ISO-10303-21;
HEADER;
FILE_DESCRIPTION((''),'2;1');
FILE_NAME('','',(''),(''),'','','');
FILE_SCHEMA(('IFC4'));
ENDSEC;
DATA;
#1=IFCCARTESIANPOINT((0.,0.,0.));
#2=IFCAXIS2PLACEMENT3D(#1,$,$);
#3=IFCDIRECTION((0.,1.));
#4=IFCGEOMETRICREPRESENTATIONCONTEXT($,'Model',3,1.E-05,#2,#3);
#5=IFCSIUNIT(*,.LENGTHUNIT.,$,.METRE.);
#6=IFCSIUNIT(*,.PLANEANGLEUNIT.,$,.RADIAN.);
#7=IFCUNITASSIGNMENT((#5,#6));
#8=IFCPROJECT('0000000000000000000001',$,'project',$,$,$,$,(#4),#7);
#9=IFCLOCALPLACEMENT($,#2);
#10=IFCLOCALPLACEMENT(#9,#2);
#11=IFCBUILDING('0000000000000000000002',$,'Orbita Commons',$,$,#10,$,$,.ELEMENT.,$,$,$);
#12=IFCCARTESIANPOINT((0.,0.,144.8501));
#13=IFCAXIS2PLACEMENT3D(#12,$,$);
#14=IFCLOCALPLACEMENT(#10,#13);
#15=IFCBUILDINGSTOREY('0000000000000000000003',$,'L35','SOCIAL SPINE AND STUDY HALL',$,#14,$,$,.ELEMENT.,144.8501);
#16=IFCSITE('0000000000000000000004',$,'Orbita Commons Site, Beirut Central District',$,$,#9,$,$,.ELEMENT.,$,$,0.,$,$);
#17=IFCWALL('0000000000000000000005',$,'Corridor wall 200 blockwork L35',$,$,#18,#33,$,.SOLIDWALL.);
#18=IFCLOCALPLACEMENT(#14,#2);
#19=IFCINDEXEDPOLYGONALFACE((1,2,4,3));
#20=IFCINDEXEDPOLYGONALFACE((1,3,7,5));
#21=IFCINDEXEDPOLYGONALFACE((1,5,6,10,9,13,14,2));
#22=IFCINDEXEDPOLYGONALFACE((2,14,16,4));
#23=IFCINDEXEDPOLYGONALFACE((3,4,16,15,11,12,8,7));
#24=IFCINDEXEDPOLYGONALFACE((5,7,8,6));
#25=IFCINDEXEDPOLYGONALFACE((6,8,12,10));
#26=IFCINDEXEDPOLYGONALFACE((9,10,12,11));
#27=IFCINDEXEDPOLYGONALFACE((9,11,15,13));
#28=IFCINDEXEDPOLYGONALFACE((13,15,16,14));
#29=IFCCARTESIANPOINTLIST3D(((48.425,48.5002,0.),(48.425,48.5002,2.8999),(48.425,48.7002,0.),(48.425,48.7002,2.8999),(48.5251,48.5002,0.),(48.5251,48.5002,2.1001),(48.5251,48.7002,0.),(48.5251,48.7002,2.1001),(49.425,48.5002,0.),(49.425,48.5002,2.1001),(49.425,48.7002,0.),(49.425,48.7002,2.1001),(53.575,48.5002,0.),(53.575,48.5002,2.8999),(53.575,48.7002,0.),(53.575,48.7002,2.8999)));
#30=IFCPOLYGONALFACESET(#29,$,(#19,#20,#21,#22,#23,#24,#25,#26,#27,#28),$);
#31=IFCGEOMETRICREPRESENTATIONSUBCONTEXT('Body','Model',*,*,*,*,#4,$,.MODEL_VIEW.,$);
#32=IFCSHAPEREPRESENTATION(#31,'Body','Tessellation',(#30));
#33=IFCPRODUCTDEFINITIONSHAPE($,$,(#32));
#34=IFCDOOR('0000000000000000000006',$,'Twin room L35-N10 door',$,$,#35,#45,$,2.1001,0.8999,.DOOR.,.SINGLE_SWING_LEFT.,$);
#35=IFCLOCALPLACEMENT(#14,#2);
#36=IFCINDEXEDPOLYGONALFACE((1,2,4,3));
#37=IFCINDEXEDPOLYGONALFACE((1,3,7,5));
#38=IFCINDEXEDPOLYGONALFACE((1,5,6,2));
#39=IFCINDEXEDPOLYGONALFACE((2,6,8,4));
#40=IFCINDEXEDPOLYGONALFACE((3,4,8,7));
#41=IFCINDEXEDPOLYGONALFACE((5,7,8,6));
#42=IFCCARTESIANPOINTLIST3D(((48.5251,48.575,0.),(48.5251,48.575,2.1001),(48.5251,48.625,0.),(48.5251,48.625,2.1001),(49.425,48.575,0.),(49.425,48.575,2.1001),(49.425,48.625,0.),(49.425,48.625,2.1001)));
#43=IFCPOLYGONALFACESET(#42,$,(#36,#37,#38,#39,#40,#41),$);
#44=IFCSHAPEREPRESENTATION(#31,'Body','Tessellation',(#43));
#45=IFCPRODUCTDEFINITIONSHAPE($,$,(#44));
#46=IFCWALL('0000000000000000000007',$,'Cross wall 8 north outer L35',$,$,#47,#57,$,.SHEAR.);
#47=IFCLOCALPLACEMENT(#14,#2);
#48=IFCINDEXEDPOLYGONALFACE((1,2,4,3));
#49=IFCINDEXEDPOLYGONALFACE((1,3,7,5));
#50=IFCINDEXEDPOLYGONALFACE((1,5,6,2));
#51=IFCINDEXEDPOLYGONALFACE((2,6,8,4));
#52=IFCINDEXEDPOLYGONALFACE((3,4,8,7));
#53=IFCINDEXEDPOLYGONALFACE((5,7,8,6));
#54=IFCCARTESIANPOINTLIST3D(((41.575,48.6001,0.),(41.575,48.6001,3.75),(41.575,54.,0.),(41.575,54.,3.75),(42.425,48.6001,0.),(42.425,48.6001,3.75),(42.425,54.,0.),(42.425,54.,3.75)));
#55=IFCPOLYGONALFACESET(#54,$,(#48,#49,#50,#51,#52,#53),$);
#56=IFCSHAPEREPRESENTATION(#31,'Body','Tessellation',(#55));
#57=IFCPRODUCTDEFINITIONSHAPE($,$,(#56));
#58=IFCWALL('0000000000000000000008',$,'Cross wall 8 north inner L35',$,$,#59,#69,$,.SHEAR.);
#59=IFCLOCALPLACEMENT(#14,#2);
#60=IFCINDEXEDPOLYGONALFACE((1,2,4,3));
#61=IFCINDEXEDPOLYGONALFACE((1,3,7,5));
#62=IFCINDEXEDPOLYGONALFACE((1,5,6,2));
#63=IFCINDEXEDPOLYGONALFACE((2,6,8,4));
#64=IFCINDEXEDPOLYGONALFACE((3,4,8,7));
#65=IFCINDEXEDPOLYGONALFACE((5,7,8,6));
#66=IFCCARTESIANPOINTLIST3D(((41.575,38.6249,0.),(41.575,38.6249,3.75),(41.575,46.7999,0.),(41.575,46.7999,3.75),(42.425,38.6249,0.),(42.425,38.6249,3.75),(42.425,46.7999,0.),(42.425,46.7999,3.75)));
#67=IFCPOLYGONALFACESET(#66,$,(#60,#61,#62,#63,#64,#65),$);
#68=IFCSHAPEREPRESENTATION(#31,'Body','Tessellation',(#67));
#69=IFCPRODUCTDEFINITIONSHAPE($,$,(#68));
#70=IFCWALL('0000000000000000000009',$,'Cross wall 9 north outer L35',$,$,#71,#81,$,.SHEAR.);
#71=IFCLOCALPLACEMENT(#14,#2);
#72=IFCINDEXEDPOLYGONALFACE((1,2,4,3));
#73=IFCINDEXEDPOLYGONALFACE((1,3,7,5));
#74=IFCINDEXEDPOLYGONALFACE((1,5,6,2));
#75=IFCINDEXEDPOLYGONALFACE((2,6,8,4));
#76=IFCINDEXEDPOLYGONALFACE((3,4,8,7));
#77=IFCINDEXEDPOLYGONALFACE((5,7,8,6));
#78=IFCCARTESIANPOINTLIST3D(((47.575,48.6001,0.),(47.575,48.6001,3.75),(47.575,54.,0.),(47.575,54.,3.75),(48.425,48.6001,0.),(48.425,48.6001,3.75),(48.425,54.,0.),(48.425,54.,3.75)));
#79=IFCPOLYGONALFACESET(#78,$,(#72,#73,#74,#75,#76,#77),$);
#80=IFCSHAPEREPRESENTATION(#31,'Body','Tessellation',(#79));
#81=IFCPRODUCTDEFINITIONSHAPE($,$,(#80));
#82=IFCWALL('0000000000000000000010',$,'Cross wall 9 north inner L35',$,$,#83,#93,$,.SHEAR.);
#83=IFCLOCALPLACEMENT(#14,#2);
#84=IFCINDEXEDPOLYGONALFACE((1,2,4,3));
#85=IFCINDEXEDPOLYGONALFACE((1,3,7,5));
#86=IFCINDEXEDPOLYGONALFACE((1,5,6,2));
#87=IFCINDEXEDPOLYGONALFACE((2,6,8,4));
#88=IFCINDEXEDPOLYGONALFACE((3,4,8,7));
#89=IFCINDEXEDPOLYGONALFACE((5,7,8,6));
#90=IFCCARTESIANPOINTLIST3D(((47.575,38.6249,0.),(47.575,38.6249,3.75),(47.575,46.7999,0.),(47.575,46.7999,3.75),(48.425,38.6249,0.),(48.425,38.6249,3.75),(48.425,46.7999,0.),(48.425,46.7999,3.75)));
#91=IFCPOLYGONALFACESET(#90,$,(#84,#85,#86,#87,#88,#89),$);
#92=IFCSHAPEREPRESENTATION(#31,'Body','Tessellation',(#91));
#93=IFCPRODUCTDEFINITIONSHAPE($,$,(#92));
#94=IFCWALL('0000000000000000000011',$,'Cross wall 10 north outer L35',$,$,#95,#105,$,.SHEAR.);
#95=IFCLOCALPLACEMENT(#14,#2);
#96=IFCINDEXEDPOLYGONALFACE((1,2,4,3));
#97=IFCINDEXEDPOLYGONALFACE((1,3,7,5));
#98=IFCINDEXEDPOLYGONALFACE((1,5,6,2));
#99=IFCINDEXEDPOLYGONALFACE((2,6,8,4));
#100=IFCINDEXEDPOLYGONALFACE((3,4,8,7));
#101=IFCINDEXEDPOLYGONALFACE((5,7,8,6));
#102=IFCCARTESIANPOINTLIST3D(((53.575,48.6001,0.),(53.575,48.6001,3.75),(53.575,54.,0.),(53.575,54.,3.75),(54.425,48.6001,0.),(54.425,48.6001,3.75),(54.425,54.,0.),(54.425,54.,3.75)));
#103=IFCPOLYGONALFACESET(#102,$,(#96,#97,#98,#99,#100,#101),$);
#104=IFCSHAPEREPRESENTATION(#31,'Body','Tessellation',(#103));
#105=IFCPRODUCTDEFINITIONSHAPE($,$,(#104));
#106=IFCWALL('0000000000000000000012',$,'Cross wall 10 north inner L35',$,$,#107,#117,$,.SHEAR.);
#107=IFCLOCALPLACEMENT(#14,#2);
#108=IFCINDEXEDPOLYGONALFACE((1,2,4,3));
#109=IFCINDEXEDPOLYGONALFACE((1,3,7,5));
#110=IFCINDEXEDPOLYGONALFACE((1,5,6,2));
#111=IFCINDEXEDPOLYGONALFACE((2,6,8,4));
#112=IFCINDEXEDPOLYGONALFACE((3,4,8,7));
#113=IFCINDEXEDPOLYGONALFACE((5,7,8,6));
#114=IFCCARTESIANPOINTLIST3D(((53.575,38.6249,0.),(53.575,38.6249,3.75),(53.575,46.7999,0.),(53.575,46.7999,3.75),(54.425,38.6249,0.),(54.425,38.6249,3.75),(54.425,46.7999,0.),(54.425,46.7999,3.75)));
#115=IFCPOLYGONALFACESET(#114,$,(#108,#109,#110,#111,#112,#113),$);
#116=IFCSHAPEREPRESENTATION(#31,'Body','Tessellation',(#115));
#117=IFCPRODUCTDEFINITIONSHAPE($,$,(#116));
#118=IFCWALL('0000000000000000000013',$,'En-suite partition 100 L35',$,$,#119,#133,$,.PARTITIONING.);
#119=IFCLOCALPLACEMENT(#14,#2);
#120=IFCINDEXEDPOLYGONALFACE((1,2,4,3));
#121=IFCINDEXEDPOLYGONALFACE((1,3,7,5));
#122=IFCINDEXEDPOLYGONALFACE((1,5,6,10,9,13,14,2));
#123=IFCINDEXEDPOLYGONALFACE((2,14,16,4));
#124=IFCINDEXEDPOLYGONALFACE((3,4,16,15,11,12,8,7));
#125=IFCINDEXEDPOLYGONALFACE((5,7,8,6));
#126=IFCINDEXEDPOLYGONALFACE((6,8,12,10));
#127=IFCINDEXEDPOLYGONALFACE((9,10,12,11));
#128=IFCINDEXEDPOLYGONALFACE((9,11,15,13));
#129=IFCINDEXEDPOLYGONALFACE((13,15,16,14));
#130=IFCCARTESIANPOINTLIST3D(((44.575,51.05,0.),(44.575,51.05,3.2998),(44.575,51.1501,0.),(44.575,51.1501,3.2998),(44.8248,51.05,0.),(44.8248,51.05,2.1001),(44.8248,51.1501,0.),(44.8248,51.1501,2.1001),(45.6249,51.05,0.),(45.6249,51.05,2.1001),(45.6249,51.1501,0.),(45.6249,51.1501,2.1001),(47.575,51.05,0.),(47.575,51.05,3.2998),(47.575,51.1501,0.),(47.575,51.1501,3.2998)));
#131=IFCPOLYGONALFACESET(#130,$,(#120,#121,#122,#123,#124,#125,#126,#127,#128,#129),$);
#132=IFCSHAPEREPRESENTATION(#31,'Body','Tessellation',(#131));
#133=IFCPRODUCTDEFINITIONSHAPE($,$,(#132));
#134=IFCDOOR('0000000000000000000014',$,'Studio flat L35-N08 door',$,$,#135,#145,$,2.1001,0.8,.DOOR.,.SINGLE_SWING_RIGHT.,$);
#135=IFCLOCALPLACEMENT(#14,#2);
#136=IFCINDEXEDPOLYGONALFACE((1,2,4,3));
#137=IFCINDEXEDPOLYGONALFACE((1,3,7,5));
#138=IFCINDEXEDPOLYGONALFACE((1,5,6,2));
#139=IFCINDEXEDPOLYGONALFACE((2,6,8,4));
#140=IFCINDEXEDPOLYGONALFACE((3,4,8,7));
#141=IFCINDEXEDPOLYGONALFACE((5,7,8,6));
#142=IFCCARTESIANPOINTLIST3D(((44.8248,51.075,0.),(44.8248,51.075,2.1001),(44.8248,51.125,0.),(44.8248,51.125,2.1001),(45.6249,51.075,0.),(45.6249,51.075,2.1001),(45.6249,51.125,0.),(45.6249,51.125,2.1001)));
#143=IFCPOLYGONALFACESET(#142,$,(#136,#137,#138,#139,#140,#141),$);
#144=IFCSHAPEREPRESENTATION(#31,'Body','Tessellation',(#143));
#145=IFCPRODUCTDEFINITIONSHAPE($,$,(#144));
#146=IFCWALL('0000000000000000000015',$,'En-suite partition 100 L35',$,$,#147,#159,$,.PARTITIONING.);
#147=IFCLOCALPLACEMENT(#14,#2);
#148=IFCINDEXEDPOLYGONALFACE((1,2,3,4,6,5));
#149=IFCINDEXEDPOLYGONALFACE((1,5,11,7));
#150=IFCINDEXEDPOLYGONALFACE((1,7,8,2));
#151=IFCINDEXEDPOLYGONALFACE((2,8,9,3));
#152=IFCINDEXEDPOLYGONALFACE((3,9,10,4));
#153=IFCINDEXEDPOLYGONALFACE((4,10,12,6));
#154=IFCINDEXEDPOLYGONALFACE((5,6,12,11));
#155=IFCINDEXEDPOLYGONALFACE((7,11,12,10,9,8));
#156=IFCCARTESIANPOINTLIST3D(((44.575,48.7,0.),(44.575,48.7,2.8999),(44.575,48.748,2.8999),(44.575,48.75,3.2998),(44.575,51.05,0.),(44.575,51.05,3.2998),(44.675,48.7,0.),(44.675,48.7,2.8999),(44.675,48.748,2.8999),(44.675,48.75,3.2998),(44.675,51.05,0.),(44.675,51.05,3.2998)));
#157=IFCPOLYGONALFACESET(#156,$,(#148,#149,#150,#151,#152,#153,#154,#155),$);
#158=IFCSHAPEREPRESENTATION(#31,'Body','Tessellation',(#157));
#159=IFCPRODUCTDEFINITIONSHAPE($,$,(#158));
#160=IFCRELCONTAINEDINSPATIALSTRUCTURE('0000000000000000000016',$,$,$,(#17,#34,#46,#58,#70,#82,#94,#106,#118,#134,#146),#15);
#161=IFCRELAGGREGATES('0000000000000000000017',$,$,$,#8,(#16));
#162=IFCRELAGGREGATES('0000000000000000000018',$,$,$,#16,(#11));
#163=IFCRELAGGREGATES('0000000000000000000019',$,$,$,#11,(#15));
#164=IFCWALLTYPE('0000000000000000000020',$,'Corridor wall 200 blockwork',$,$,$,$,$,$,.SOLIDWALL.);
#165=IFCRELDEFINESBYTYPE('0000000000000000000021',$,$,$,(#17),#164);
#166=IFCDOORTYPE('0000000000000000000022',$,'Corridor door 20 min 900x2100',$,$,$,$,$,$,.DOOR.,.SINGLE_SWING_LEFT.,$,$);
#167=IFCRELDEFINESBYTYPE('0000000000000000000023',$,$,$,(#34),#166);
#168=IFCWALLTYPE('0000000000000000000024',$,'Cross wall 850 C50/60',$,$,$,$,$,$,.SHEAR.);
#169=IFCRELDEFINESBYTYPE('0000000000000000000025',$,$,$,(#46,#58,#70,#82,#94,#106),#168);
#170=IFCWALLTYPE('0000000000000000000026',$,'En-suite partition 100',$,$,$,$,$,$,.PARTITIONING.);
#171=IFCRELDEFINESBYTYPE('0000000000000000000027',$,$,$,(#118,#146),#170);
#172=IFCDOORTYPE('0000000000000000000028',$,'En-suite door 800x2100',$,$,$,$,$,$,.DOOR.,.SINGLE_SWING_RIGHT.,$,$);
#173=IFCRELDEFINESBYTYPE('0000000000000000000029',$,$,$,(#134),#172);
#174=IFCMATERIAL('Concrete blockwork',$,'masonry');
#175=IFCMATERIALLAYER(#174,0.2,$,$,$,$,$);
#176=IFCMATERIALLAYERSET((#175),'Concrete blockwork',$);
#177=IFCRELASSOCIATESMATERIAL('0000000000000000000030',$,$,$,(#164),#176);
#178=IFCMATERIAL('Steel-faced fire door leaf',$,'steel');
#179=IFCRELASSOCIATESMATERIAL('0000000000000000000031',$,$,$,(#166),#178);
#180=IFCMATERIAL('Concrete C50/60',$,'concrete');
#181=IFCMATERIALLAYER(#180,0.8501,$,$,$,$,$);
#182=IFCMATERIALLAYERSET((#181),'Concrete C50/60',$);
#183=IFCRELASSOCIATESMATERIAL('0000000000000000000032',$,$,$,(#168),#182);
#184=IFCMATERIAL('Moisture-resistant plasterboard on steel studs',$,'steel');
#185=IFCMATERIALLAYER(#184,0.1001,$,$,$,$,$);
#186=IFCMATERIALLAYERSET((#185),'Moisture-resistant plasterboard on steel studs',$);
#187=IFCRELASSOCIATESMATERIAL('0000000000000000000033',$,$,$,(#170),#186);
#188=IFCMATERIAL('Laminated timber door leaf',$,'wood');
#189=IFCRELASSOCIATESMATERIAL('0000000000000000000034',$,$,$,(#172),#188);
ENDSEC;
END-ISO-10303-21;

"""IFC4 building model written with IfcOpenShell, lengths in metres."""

from ifc_helpers import new_model, si_unit, direction, frame, frame_2d, origin, place, context, subcontext, project, spatial, polyline, rectangle, outline, extrude, material, layer, layer_set, type_object, element, fill, save


model = new_model("IFC4")

# Units and contexts
model_context = context("Model", 3, precision=1e-05, world=origin(), true_north=direction((0.0, 1.0)))
body_context = subcontext(model_context, "Body", "Model", "MODEL_VIEW")
ifc_project = project(units=[si_unit("LENGTHUNIT", "METRE"), si_unit("PLANEANGLEUNIT", "RADIAN")], contexts=[model_context])

# Site, building, storey
site_placement = place(None, origin())
site = spatial("IfcSite", under=ifc_project, at=site_placement, Name="Orbita Commons Site, Beirut Central District", CompositionType="ELEMENT", RefElevation=0.0)
building_placement = place(site_placement, origin())
building = spatial("IfcBuilding", under=site, at=building_placement, Name="Orbita Commons", CompositionType="ELEMENT")
storey_placement = place(building_placement, frame((0.0, 0.0, 144.8501)))
storey = spatial("IfcBuildingStorey", under=building, at=storey_placement, Name="L35", Description="SOCIAL SPINE AND STUDY HALL", CompositionType="ELEMENT", Elevation=144.8501)

# Wall, opening, door
ifc_material_1 = material(Name="Concrete blockwork", Category="masonry")
ifc_layer_1 = layer(ifc_material_1, 0.2)
ifc_layer_set_1 = layer_set([ifc_layer_1], Name="Concrete blockwork")
wall_type_1 = type_object("IfcWallType", Name="Corridor wall 200 blockwork", PredefinedType="SOLIDWALL", material=ifc_layer_set_1)
ifc_material_2 = material(Name="Steel-faced fire door leaf", Category="steel")
door_type_1 = type_object("IfcDoorType", Name="Corridor door 20 min 900x2100", OperationType="SINGLE_SWING_LEFT", PredefinedType="DOOR", material=ifc_material_2)
wall_1_placement = place(storey_placement, frame((48.425, 48.6001, 0.0), z_axis=(0.0, 0.0, 1.0), x_axis=(1.0, 0.0, 0.0)))
wall_1 = element("IfcWall", 1, at=wall_1_placement, inside=storey, type_object=wall_type_1, Name="Corridor wall 200 blockwork L35", PredefinedType="SOLIDWALL", context=body_context, shape_type="SweptSolid", body=[
    extrude(outline(polyline([(0.0, 0.0), (5.1499, 0.0), (5.1499, 2.8999), (0.0, 2.8999), (0.0, 0.0)])), frame((0.0, 0.1001, 0.0), z_axis=(0.0, -1.0, 0.0), x_axis=(1.0, 0.0, 0.0)), (0.0, 0.0, 1.0), 0.2),
])
opening_1_placement = place(wall_1_placement, frame((0.1001, 0.0, 0.0)))
opening_1 = element("IfcOpeningElement", 2, at=opening_1_placement, cuts=wall_1, PredefinedType="OPENING", context=body_context, shape_type="SweptSolid", body=[
    extrude(rectangle(XDim=0.8999, YDim=2.1001, at=frame_2d((0.45, 1.05))), frame((0.0, 0.1099, 0.0), z_axis=(0.0, -1.0, 0.0), x_axis=(1.0, 0.0, 0.0)), (0.0, 0.0, 1.0), 0.22),
])
door_1_placement = place(opening_1_placement, origin())
door_1 = element("IfcDoor", 3, at=door_1_placement, inside=storey, type_object=door_type_1, Name="Twin room L35-N10 door", OperationType="SINGLE_SWING_LEFT", OverallHeight=2.1001, OverallWidth=0.8999, PredefinedType="DOOR", context=body_context, shape_type="SweptSolid", body=[
    extrude(rectangle(XDim=0.8999, YDim=2.1001, at=frame_2d((0.45, 1.05))), frame((0.0, 0.0249, 0.0), z_axis=(0.0, -1.0, 0.0), x_axis=(1.0, 0.0, 0.0)), (0.0, 0.0, 1.0), 0.05),
])
fill(opening_1, door_1)

# Walls
ifc_material_3 = material(Name="Concrete C50/60", Category="concrete")
ifc_layer_2 = layer(ifc_material_3, 0.8501)
ifc_layer_set_2 = layer_set([ifc_layer_2], Name="Concrete C50/60")
wall_type_2 = type_object("IfcWallType", Name="Cross wall 850 C50/60", PredefinedType="SHEAR", material=ifc_layer_set_2)
wall_2_placement = place(storey_placement, frame((42.0, 48.6001, 0.0), z_axis=(0.0, 0.0, 1.0), x_axis=(0.0, 1.0, 0.0)))
element("IfcWall", 4, at=wall_2_placement, inside=storey, type_object=wall_type_2, Name="Cross wall 8 north outer L35", PredefinedType="SHEAR", context=body_context, shape_type="SweptSolid", body=[
    extrude(rectangle(XDim=5.3999, YDim=0.8501, at=frame_2d((2.7, 0.0))), origin(), (0.0, 0.0, 1.0), 3.75),
])
wall_3_placement = place(storey_placement, frame((42.0, 38.625, 0.0), z_axis=(0.0, 0.0, 1.0), x_axis=(0.0, 1.0, 0.0)))
element("IfcWall", 5, at=wall_3_placement, inside=storey, type_object=wall_type_2, Name="Cross wall 8 north inner L35", PredefinedType="SHEAR", context=body_context, shape_type="SweptSolid", body=[
    extrude(rectangle(XDim=8.175, YDim=0.8501, at=frame_2d((4.0874, 0.0))), origin(), (0.0, 0.0, 1.0), 3.75),
])
wall_4_placement = place(storey_placement, frame((48.0, 48.6001, 0.0), z_axis=(0.0, 0.0, 1.0), x_axis=(0.0, 1.0, 0.0)))
element("IfcWall", 6, at=wall_4_placement, inside=storey, type_object=wall_type_2, Name="Cross wall 9 north outer L35", PredefinedType="SHEAR", context=body_context, shape_type="SweptSolid", body=[
    extrude(rectangle(XDim=5.3999, YDim=0.8501, at=frame_2d((2.7, 0.0))), origin(), (0.0, 0.0, 1.0), 3.75),
])
wall_5_placement = place(storey_placement, frame((48.0, 38.625, 0.0), z_axis=(0.0, 0.0, 1.0), x_axis=(0.0, 1.0, 0.0)))
element("IfcWall", 7, at=wall_5_placement, inside=storey, type_object=wall_type_2, Name="Cross wall 9 north inner L35", PredefinedType="SHEAR", context=body_context, shape_type="SweptSolid", body=[
    extrude(rectangle(XDim=8.175, YDim=0.8501, at=frame_2d((4.0874, 0.0))), origin(), (0.0, 0.0, 1.0), 3.75),
])
wall_6_placement = place(storey_placement, frame((54.0, 48.6001, 0.0), z_axis=(0.0, 0.0, 1.0), x_axis=(0.0, 1.0, 0.0)))
element("IfcWall", 8, at=wall_6_placement, inside=storey, type_object=wall_type_2, Name="Cross wall 10 north outer L35", PredefinedType="SHEAR", context=body_context, shape_type="SweptSolid", body=[
    extrude(rectangle(XDim=5.3999, YDim=0.8501, at=frame_2d((2.7, 0.0))), origin(), (0.0, 0.0, 1.0), 3.75),
])
wall_7_placement = place(storey_placement, frame((54.0, 38.625, 0.0), z_axis=(0.0, 0.0, 1.0), x_axis=(0.0, 1.0, 0.0)))
element("IfcWall", 9, at=wall_7_placement, inside=storey, type_object=wall_type_2, Name="Cross wall 10 north inner L35", PredefinedType="SHEAR", context=body_context, shape_type="SweptSolid", body=[
    extrude(rectangle(XDim=8.175, YDim=0.8501, at=frame_2d((4.0874, 0.0))), origin(), (0.0, 0.0, 1.0), 3.75),
])

# Wall, opening, door
ifc_material_4 = material(Name="Moisture-resistant plasterboard on steel studs", Category="steel")
ifc_layer_3 = layer(ifc_material_4, 0.1001)
ifc_layer_set_3 = layer_set([ifc_layer_3], Name="Moisture-resistant plasterboard on steel studs")
wall_type_3 = type_object("IfcWallType", Name="En-suite partition 100", PredefinedType="PARTITIONING", material=ifc_layer_set_3)
wall_8_placement = place(storey_placement, frame((44.575, 51.1001, 0.0), z_axis=(0.0, 0.0, 1.0), x_axis=(1.0, 0.0, 0.0)))
wall_8 = element("IfcWall", 10, at=wall_8_placement, inside=storey, type_object=wall_type_3, Name="En-suite partition 100 L35", PredefinedType="PARTITIONING", context=body_context, shape_type="SweptSolid", body=[
    extrude(rectangle(XDim=3.0, YDim=0.1001, at=frame_2d((1.5, 0.0))), origin(), (0.0, 0.0, 1.0), 3.2998),
])
opening_2_placement = place(wall_8_placement, frame((0.25, 0.0, 0.0)))
opening_2 = element("IfcOpeningElement", 11, at=opening_2_placement, cuts=wall_8, PredefinedType="OPENING", context=body_context, shape_type="SweptSolid", body=[
    extrude(rectangle(XDim=0.8, YDim=2.1001, at=frame_2d((0.3999, 1.05))), frame((0.0, 0.0601, 0.0), z_axis=(0.0, -1.0, 0.0), x_axis=(1.0, 0.0, 0.0)), (0.0, 0.0, 1.0), 0.1201),
])
ifc_material_5 = material(Name="Laminated timber door leaf", Category="wood")
door_type_2 = type_object("IfcDoorType", Name="En-suite door 800x2100", OperationType="SINGLE_SWING_RIGHT", PredefinedType="DOOR", material=ifc_material_5)
door_2_placement = place(opening_2_placement, origin())
door_2 = element("IfcDoor", 12, at=door_2_placement, inside=storey, type_object=door_type_2, Name="Studio flat L35-N08 door", OperationType="SINGLE_SWING_RIGHT", OverallHeight=2.1001, OverallWidth=0.8, PredefinedType="DOOR", context=body_context, shape_type="SweptSolid", body=[
    extrude(rectangle(XDim=0.8, YDim=2.1001, at=frame_2d((0.3999, 1.05))), frame((0.0, 0.0249, 0.0), z_axis=(0.0, -1.0, 0.0), x_axis=(1.0, 0.0, 0.0)), (0.0, 0.0, 1.0), 0.05),
])
fill(opening_2, door_2)

# Wall
wall_9_placement = place(storey_placement, frame((44.625, 51.05, 0.0), z_axis=(0.0, 0.0, 1.0), x_axis=(0.0, -1.0, 0.0)))
element("IfcWall", 13, at=wall_9_placement, inside=storey, type_object=wall_type_3, Name="En-suite partition 100 L35", PredefinedType="PARTITIONING", context=body_context, shape_type="SweptSolid", body=[
    extrude(outline(polyline([(0.0, 0.0), (2.3501, 0.0), (2.3501, 2.8999), (2.302, 2.8999), (2.3, 3.2998), (0.0, 3.2998), (0.0, 0.0)])), frame((0.0, 0.05, 0.0), z_axis=(0.0, -1.0, 0.0), x_axis=(1.0, 0.0, 0.0)), (0.0, 0.0, 1.0), 0.1001),
])

save(model, "model.ifc")
